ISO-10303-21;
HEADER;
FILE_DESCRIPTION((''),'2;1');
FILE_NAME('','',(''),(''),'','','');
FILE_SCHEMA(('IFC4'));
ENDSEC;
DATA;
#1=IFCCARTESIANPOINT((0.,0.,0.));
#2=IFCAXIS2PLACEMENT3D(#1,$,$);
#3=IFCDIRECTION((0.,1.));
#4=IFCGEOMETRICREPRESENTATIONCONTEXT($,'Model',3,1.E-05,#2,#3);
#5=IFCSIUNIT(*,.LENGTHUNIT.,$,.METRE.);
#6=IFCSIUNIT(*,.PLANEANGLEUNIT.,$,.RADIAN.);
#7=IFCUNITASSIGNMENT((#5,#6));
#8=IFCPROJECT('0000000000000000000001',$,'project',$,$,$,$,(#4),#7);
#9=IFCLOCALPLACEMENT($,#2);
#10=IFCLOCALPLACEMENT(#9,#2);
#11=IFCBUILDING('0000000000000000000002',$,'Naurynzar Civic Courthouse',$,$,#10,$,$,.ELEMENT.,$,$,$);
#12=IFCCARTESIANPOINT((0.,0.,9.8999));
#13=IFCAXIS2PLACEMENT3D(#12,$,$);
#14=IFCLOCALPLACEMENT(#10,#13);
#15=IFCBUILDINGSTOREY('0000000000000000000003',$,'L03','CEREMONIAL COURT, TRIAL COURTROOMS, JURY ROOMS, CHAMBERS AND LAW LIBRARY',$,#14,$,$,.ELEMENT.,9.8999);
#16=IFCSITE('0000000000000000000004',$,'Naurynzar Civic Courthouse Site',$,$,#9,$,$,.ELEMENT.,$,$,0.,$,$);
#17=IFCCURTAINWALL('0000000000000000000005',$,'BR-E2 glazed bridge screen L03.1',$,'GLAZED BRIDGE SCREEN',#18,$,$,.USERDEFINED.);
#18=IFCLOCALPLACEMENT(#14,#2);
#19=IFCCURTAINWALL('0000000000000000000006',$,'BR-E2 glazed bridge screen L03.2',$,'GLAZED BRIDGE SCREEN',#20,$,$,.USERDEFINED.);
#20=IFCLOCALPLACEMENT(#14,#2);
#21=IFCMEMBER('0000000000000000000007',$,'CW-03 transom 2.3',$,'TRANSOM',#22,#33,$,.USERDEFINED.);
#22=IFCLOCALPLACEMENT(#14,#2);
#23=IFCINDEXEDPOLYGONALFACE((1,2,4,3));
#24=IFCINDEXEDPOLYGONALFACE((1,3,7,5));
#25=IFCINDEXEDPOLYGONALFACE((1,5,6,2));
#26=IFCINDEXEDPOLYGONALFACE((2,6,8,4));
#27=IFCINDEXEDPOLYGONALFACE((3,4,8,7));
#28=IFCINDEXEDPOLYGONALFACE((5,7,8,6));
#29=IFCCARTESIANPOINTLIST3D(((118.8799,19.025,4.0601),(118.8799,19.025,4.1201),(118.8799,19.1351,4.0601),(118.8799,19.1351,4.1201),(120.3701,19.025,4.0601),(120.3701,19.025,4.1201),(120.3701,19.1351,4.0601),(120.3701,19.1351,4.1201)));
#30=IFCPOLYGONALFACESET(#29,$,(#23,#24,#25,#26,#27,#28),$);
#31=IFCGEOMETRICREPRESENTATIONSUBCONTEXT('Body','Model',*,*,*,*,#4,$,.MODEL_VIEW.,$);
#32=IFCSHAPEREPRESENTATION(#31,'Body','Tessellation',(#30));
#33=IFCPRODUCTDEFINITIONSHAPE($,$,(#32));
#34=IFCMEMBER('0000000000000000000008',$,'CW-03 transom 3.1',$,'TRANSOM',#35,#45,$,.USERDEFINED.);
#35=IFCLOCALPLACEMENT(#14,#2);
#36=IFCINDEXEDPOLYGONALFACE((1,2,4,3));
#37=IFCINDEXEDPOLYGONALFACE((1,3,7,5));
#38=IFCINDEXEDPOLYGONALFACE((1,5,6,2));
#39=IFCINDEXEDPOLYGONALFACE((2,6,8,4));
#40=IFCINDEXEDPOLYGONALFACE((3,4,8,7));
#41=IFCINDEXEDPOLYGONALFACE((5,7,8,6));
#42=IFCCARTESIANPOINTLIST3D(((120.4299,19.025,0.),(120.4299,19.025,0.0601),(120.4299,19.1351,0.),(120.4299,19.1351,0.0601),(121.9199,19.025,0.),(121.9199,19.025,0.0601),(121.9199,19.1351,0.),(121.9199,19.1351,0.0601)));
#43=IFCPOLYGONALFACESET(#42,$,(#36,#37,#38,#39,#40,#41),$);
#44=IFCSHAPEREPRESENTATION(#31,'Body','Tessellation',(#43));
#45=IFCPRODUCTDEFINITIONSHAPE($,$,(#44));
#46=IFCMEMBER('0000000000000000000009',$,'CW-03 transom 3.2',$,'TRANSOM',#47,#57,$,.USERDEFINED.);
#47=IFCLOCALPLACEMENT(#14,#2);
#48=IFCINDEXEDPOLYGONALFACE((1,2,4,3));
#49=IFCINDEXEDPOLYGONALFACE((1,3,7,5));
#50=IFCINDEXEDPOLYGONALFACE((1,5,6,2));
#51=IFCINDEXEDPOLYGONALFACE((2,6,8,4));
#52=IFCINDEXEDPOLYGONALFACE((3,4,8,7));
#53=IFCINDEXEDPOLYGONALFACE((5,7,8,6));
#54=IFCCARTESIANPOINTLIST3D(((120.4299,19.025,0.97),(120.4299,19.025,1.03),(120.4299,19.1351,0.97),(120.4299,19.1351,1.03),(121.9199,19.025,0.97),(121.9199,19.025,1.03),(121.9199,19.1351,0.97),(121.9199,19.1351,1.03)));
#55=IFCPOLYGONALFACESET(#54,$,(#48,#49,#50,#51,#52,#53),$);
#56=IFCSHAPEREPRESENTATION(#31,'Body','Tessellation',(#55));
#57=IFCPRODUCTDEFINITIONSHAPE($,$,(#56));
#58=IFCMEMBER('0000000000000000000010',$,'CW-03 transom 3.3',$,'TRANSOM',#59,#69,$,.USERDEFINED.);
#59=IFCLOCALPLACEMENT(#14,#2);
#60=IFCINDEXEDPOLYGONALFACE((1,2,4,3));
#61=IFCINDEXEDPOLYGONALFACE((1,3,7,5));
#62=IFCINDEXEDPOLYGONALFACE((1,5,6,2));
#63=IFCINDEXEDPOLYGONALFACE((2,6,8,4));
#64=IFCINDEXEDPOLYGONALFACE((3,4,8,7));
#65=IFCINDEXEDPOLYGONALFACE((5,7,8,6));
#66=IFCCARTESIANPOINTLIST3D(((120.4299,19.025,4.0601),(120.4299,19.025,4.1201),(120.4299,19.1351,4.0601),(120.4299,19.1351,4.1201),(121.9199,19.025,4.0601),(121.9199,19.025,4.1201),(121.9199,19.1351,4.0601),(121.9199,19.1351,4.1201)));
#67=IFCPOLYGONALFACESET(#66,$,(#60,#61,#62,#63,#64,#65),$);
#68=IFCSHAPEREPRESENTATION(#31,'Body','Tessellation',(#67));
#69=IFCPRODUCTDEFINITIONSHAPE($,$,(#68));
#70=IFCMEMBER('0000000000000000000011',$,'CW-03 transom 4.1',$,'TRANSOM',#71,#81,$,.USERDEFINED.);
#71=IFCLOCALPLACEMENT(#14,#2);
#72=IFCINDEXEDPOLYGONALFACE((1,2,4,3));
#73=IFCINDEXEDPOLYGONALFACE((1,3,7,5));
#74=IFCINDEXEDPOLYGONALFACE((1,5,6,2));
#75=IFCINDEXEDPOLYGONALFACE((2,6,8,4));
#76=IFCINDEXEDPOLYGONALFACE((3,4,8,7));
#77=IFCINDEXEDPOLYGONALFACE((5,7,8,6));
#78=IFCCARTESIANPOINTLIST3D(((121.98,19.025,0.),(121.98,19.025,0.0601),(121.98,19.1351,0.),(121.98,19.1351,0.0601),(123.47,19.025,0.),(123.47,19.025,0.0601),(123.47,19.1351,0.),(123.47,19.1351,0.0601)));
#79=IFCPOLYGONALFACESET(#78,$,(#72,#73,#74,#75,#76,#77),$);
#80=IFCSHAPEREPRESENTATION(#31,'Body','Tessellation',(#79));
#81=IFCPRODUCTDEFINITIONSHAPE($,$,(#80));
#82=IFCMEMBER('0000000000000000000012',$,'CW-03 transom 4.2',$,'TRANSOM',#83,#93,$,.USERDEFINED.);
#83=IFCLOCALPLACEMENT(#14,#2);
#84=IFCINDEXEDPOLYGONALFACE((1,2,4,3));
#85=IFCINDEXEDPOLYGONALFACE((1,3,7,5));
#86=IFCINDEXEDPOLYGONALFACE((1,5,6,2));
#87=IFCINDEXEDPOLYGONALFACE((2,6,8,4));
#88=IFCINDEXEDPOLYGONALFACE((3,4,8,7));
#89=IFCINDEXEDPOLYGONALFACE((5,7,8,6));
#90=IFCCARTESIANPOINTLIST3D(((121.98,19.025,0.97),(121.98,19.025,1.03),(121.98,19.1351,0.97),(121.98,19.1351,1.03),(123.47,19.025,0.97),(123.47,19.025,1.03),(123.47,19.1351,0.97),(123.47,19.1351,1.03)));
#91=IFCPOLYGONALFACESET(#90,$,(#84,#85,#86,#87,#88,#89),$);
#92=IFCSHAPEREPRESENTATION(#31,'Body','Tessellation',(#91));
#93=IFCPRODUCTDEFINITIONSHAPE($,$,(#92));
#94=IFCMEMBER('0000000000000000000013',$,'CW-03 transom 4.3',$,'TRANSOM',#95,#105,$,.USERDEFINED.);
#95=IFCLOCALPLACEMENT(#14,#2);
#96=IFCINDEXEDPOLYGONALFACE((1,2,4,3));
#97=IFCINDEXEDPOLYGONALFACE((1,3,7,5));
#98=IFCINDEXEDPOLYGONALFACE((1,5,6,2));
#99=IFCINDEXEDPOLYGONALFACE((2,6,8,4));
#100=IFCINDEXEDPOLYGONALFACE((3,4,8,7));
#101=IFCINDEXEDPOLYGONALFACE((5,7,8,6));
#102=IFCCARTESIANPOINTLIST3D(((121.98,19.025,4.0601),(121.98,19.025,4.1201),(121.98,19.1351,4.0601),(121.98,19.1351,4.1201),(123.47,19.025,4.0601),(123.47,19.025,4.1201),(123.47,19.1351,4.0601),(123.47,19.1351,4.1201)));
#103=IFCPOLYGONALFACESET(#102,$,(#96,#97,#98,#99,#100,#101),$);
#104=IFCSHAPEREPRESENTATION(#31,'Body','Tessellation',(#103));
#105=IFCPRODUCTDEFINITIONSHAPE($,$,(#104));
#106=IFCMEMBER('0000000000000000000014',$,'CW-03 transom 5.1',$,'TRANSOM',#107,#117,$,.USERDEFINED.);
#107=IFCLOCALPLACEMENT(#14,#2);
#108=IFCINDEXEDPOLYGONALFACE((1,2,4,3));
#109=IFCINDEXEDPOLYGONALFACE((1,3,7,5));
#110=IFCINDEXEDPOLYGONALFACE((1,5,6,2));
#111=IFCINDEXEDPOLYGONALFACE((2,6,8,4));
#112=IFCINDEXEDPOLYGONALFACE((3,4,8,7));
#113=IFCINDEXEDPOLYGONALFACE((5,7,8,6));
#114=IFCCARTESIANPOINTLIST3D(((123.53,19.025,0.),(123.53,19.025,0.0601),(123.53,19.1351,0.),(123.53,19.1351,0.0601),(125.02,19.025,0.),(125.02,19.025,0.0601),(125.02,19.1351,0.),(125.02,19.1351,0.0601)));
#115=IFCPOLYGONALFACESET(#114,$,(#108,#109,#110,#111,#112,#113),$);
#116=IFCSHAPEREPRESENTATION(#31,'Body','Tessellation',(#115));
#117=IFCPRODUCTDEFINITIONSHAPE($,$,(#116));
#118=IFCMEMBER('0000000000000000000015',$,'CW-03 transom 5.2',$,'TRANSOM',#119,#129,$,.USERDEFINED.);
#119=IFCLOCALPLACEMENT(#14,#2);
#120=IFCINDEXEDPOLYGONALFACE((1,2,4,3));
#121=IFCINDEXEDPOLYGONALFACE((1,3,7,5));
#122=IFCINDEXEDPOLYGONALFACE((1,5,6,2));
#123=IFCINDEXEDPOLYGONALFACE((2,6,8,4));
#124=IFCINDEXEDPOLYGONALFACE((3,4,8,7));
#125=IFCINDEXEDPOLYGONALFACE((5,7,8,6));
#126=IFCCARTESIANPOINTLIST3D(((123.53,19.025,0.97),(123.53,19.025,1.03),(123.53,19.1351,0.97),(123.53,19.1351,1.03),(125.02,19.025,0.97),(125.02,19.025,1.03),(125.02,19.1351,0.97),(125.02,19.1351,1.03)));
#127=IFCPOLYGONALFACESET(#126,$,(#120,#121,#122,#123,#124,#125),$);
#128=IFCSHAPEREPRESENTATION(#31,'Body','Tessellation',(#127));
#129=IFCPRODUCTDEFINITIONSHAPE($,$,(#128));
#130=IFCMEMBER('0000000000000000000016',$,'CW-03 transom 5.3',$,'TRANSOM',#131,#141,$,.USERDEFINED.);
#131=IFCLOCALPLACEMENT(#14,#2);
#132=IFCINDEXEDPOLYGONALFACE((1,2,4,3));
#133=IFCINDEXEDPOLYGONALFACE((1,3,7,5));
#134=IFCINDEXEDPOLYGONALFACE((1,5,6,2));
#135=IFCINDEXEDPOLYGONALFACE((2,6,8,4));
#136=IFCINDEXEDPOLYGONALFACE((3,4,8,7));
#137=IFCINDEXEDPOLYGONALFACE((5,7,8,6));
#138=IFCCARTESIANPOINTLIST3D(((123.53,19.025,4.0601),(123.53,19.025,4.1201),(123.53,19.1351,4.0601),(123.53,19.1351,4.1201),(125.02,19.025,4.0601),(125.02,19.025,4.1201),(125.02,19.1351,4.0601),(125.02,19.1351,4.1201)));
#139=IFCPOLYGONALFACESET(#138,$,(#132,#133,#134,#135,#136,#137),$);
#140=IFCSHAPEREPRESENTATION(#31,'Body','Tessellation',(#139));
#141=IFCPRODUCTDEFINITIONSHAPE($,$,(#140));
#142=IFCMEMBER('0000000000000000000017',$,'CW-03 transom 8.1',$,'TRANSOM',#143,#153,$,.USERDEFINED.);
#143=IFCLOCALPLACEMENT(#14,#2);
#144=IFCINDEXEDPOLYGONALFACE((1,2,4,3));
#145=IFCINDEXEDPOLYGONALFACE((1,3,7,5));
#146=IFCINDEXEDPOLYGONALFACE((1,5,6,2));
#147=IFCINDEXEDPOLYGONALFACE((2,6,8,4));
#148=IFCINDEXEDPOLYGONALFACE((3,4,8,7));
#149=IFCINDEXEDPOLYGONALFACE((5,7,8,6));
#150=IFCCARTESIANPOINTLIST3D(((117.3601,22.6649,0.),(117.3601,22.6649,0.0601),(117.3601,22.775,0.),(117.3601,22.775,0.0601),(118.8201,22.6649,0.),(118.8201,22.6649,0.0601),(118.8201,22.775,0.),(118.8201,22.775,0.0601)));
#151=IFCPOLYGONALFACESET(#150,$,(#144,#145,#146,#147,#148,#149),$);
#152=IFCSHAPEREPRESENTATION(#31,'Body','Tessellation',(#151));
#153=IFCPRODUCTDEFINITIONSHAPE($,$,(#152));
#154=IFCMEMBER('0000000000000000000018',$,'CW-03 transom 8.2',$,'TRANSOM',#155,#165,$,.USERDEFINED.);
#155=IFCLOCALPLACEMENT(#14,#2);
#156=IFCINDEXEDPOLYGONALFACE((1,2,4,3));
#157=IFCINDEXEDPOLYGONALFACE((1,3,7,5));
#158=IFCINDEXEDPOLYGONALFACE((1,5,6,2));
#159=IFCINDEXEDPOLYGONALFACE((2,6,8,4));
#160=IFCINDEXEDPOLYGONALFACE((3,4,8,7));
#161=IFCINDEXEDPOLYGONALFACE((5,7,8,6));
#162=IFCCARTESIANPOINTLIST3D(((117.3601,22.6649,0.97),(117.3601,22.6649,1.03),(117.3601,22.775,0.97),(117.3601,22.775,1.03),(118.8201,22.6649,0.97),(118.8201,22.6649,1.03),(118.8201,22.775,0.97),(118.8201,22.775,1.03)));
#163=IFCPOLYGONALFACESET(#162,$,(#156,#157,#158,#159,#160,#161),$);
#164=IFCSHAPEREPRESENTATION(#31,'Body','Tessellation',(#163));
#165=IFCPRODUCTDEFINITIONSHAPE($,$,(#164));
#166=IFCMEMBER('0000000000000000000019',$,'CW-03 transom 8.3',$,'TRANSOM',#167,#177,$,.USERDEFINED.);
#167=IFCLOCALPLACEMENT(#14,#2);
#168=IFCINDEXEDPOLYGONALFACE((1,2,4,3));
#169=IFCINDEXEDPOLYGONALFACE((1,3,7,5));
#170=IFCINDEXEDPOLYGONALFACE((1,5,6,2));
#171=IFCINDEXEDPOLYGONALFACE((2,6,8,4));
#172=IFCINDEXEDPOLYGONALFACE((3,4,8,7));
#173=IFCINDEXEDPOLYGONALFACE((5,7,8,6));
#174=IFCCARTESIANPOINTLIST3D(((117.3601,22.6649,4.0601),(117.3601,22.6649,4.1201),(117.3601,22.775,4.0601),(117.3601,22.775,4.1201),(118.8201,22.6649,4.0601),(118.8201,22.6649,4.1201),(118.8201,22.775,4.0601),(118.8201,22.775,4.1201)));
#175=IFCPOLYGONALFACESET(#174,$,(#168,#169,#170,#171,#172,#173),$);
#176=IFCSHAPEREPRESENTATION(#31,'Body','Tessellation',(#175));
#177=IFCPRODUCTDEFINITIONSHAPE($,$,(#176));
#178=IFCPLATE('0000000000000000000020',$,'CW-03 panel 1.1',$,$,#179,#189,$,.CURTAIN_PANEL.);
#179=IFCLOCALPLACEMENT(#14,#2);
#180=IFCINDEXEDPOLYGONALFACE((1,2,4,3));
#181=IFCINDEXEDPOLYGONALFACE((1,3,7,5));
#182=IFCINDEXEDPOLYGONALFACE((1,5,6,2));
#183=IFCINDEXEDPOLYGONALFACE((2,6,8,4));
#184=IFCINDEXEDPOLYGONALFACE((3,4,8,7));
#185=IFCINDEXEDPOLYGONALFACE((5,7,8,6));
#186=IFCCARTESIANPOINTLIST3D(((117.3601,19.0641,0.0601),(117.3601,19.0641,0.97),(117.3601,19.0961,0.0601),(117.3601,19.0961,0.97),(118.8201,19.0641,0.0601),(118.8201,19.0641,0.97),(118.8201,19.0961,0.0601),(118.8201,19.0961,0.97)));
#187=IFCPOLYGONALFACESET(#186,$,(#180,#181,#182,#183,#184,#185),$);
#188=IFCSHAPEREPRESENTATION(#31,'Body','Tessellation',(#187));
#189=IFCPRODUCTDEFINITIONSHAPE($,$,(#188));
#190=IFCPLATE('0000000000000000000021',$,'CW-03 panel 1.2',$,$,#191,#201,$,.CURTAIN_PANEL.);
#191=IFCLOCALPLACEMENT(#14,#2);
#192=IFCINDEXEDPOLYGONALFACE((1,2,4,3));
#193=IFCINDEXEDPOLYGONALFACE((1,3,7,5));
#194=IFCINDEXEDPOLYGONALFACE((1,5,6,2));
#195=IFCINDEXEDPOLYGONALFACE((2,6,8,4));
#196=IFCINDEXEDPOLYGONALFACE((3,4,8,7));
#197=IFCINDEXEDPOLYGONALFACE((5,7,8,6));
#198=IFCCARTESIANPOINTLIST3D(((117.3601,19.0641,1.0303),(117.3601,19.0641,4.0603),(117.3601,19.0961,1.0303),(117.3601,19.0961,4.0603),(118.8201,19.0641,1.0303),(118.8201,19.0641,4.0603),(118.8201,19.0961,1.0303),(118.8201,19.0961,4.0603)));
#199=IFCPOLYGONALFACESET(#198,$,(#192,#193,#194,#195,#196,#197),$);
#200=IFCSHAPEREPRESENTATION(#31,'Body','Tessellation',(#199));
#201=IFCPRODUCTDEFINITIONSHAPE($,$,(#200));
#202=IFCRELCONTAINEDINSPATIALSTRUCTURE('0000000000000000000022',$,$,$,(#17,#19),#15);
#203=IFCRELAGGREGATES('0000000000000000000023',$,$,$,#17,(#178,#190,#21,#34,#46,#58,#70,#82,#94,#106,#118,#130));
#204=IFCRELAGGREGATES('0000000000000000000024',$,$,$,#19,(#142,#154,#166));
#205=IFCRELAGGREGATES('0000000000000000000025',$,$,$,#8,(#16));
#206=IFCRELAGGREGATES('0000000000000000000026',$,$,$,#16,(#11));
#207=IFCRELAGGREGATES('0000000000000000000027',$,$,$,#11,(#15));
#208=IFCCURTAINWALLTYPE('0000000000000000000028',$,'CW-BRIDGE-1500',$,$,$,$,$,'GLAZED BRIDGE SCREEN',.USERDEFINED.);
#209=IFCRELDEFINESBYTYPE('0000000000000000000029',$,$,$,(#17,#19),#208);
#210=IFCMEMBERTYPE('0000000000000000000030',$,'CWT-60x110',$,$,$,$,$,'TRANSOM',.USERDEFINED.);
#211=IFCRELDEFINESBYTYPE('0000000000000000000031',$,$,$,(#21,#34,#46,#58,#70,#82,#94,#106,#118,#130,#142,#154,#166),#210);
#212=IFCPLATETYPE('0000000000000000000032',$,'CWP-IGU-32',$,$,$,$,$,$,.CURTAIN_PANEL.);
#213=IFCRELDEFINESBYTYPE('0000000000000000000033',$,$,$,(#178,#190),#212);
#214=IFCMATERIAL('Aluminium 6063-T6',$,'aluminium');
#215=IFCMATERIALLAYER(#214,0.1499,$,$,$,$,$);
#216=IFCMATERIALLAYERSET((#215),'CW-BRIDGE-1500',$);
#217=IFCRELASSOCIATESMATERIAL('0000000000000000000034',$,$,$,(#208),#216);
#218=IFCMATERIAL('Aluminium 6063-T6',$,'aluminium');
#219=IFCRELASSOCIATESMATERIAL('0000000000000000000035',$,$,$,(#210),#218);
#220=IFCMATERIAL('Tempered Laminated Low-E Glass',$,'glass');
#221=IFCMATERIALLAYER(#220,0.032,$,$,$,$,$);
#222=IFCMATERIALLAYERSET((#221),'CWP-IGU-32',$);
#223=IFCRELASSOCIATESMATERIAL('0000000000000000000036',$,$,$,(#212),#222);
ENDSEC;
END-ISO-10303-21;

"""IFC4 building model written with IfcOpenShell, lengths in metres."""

from ifc_helpers import new_model, si_unit, direction, frame, origin, origin_2d, place, context, subcontext, project, spatial, rectangle, extrude, material, layer, layer_set, material_profile, profile_set, type_object, element, aggregate, save


model = new_model("IFC4")

# Units and contexts
model_context = context("Model", 3, precision=1e-05, world=origin(), true_north=direction((0.0, 1.0)))
body_context = subcontext(model_context, "Body", "Model", "MODEL_VIEW")
ifc_project = project(units=[si_unit("LENGTHUNIT", "METRE"), si_unit("PLANEANGLEUNIT", "RADIAN")], contexts=[model_context])

# Site, building, storey
site_placement = place(None, origin())
site = spatial("IfcSite", under=ifc_project, at=site_placement, Name="Naurynzar Civic Courthouse Site", CompositionType="ELEMENT", RefElevation=0.0)
building_placement = place(site_placement, origin())
building = spatial("IfcBuilding", under=site, at=building_placement, Name="Naurynzar Civic Courthouse", CompositionType="ELEMENT")
storey_placement = place(building_placement, frame((0.0, 0.0, 9.8999)))
storey = spatial("IfcBuildingStorey", under=building, at=storey_placement, Name="L03", Description="CEREMONIAL COURT, TRIAL COURTROOMS, JURY ROOMS, CHAMBERS AND LAW LIBRARY", CompositionType="ELEMENT", Elevation=9.8999)

# Curtain walls
ifc_material_1 = material(Name="Aluminium 6063-T6", Category="aluminium")
ifc_layer_1 = layer(ifc_material_1, 0.1499)
ifc_layer_set_1 = layer_set([ifc_layer_1], Name="CW-BRIDGE-1500")
curtain_wall_type = type_object("IfcCurtainWallType", Name="CW-BRIDGE-1500", ElementType="GLAZED BRIDGE SCREEN", PredefinedType="USERDEFINED", material=ifc_layer_set_1)
curtain_wall_1_placement = place(storey_placement, origin())
curtain_wall_1 = element("IfcCurtainWall", 1, at=curtain_wall_1_placement, inside=storey, type_object=curtain_wall_type, Name="BR-E2 glazed bridge screen L03.1", ObjectType="GLAZED BRIDGE SCREEN", PredefinedType="USERDEFINED")
curtain_wall_2_placement = place(storey_placement, origin())
curtain_wall_2 = element("IfcCurtainWall", 2, at=curtain_wall_2_placement, inside=storey, type_object=curtain_wall_type, Name="BR-E2 glazed bridge screen L03.2", ObjectType="GLAZED BRIDGE SCREEN", PredefinedType="USERDEFINED")

# Members
ifc_material_2 = material(Name="Aluminium 6063-T6", Category="aluminium")
ifc_material_profile_1 = material_profile(ifc_material_2, rectangle(XDim=0.1101, YDim=0.0601, at=origin_2d()), Name="ALU TRANSOM 60x110")
ifc_profile_set_1 = profile_set([ifc_material_profile_1], Name="Aluminium 6063-T6")
member_type_1 = type_object("IfcMemberType", Name="CWT-60x110", ElementType="TRANSOM", PredefinedType="USERDEFINED", material=ifc_profile_set_1)
member_1_placement = place(storey_placement, frame((118.8799, 19.0801, 4.0901), z_axis=(1.0, 0.0, 0.0), x_axis=(0.0, 1.0, 0.0)))
member_1 = element("IfcMember", 3, at=member_1_placement, type_object=member_type_1, Name="CW-03 transom 2.3", ObjectType="TRANSOM", PredefinedType="USERDEFINED", context=body_context, shape_type="SweptSolid", body=[
    extrude(rectangle(XDim=0.1101, YDim=0.0601, at=origin_2d()), origin(), (0.0, 0.0, 1.0), 1.4902),
])
member_2_placement = place(storey_placement, frame((120.4299, 19.0801, 0.03), z_axis=(1.0, 0.0, 0.0), x_axis=(0.0, 1.0, 0.0)))
member_2 = element("IfcMember", 4, at=member_2_placement, type_object=member_type_1, Name="CW-03 transom 3.1", ObjectType="TRANSOM", PredefinedType="USERDEFINED", context=body_context, shape_type="SweptSolid", body=[
    extrude(rectangle(XDim=0.1101, YDim=0.0601, at=origin_2d()), origin(), (0.0, 0.0, 1.0), 1.49),
])
member_3_placement = place(storey_placement, frame((120.4299, 19.0801, 1.0), z_axis=(1.0, 0.0, 0.0), x_axis=(0.0, 1.0, 0.0)))
member_3 = element("IfcMember", 5, at=member_3_placement, type_object=member_type_1, Name="CW-03 transom 3.2", ObjectType="TRANSOM", PredefinedType="USERDEFINED", context=body_context, shape_type="SweptSolid", body=[
    extrude(rectangle(XDim=0.1101, YDim=0.0601, at=origin_2d()), origin(), (0.0, 0.0, 1.0), 1.49),
])
member_4_placement = place(storey_placement, frame((120.4299, 19.0801, 4.0901), z_axis=(1.0, 0.0, 0.0), x_axis=(0.0, 1.0, 0.0)))
member_4 = element("IfcMember", 6, at=member_4_placement, type_object=member_type_1, Name="CW-03 transom 3.3", ObjectType="TRANSOM", PredefinedType="USERDEFINED", context=body_context, shape_type="SweptSolid", body=[
    extrude(rectangle(XDim=0.1101, YDim=0.0601, at=origin_2d()), origin(), (0.0, 0.0, 1.0), 1.49),
])
member_5_placement = place(storey_placement, frame((121.98, 19.0801, 0.03), z_axis=(1.0, 0.0, 0.0), x_axis=(0.0, 1.0, 0.0)))
member_5 = element("IfcMember", 7, at=member_5_placement, type_object=member_type_1, Name="CW-03 transom 4.1", ObjectType="TRANSOM", PredefinedType="USERDEFINED", context=body_context, shape_type="SweptSolid", body=[
    extrude(rectangle(XDim=0.1101, YDim=0.0601, at=origin_2d()), origin(), (0.0, 0.0, 1.0), 1.49),
])
member_6_placement = place(storey_placement, frame((121.98, 19.0801, 1.0), z_axis=(1.0, 0.0, 0.0), x_axis=(0.0, 1.0, 0.0)))
member_6 = element("IfcMember", 8, at=member_6_placement, type_object=member_type_1, Name="CW-03 transom 4.2", ObjectType="TRANSOM", PredefinedType="USERDEFINED", context=body_context, shape_type="SweptSolid", body=[
    extrude(rectangle(XDim=0.1101, YDim=0.0601, at=origin_2d()), origin(), (0.0, 0.0, 1.0), 1.49),
])
member_7_placement = place(storey_placement, frame((121.98, 19.0801, 4.0901), z_axis=(1.0, 0.0, 0.0), x_axis=(0.0, 1.0, 0.0)))
member_7 = element("IfcMember", 9, at=member_7_placement, type_object=member_type_1, Name="CW-03 transom 4.3", ObjectType="TRANSOM", PredefinedType="USERDEFINED", context=body_context, shape_type="SweptSolid", body=[
    extrude(rectangle(XDim=0.1101, YDim=0.0601, at=origin_2d()), origin(), (0.0, 0.0, 1.0), 1.49),
])
member_8_placement = place(storey_placement, frame((123.53, 19.0801, 0.03), z_axis=(1.0, 0.0, 0.0), x_axis=(0.0, 1.0, 0.0)))
member_8 = element("IfcMember", 10, at=member_8_placement, type_object=member_type_1, Name="CW-03 transom 5.1", ObjectType="TRANSOM", PredefinedType="USERDEFINED", context=body_context, shape_type="SweptSolid", body=[
    extrude(rectangle(XDim=0.1101, YDim=0.0601, at=origin_2d()), origin(), (0.0, 0.0, 1.0), 1.49),
])
member_9_placement = place(storey_placement, frame((123.53, 19.0801, 1.0), z_axis=(1.0, 0.0, 0.0), x_axis=(0.0, 1.0, 0.0)))
member_9 = element("IfcMember", 11, at=member_9_placement, type_object=member_type_1, Name="CW-03 transom 5.2", ObjectType="TRANSOM", PredefinedType="USERDEFINED", context=body_context, shape_type="SweptSolid", body=[
    extrude(rectangle(XDim=0.1101, YDim=0.0601, at=origin_2d()), origin(), (0.0, 0.0, 1.0), 1.49),
])
member_10_placement = place(storey_placement, frame((123.53, 19.0801, 4.0901), z_axis=(1.0, 0.0, 0.0), x_axis=(0.0, 1.0, 0.0)))
member_10 = element("IfcMember", 12, at=member_10_placement, type_object=member_type_1, Name="CW-03 transom 5.3", ObjectType="TRANSOM", PredefinedType="USERDEFINED", context=body_context, shape_type="SweptSolid", body=[
    extrude(rectangle(XDim=0.1101, YDim=0.0601, at=origin_2d()), origin(), (0.0, 0.0, 1.0), 1.49),
])
member_11_placement = place(storey_placement, frame((118.8201, 22.72, 0.03), z_axis=(-1.0, 0.0, 0.0), x_axis=(0.0, -1.0, 0.0)))
member_11 = element("IfcMember", 13, at=member_11_placement, type_object=member_type_1, Name="CW-03 transom 8.1", ObjectType="TRANSOM", PredefinedType="USERDEFINED", context=body_context, shape_type="SweptSolid", body=[
    extrude(rectangle(XDim=0.1101, YDim=0.0601, at=origin_2d()), origin(), (0.0, 0.0, 1.0), 1.46),
])
member_12_placement = place(storey_placement, frame((118.8201, 22.72, 1.0), z_axis=(-1.0, 0.0, 0.0), x_axis=(0.0, -1.0, 0.0)))
member_12 = element("IfcMember", 14, at=member_12_placement, type_object=member_type_1, Name="CW-03 transom 8.2", ObjectType="TRANSOM", PredefinedType="USERDEFINED", context=body_context, shape_type="SweptSolid", body=[
    extrude(rectangle(XDim=0.1101, YDim=0.0601, at=origin_2d()), origin(), (0.0, 0.0, 1.0), 1.46),
])
member_13_placement = place(storey_placement, frame((118.8201, 22.72, 4.0901), z_axis=(-1.0, 0.0, 0.0), x_axis=(0.0, -1.0, 0.0)))
member_13 = element("IfcMember", 15, at=member_13_placement, type_object=member_type_1, Name="CW-03 transom 8.3", ObjectType="TRANSOM", PredefinedType="USERDEFINED", context=body_context, shape_type="SweptSolid", body=[
    extrude(rectangle(XDim=0.1101, YDim=0.0601, at=origin_2d()), origin(), (0.0, 0.0, 1.0), 1.46),
])

# Plates
ifc_material_3 = material(Name="Tempered Laminated Low-E Glass", Category="glass")
ifc_layer_2 = layer(ifc_material_3, 0.032)
ifc_layer_set_2 = layer_set([ifc_layer_2], Name="CWP-IGU-32")
plate_type = type_object("IfcPlateType", Name="CWP-IGU-32", PredefinedType="CURTAIN_PANEL", material=ifc_layer_set_2)
plate_1_placement = place(storey_placement, frame((118.0901, 19.0801, 0.0601), z_axis=(0.0, 0.0, 1.0), x_axis=(1.0, 0.0, 0.0)))
plate_1 = element("IfcPlate", 16, at=plate_1_placement, type_object=plate_type, Name="CW-03 panel 1.1", PredefinedType="CURTAIN_PANEL", context=body_context, shape_type="SweptSolid", body=[
    extrude(rectangle(XDim=1.46, YDim=0.032, at=origin_2d()), origin(), (0.0, 0.0, 1.0), 0.9099),
])
plate_2_placement = place(storey_placement, frame((118.0901, 19.0801, 1.0303), z_axis=(0.0, 0.0, 1.0), x_axis=(1.0, 0.0, 0.0)))
plate_2 = element("IfcPlate", 17, at=plate_2_placement, type_object=plate_type, Name="CW-03 panel 1.2", PredefinedType="CURTAIN_PANEL", context=body_context, shape_type="SweptSolid", body=[
    extrude(rectangle(XDim=1.46, YDim=0.032, at=origin_2d()), origin(), (0.0, 0.0, 1.0), 3.03),
])
aggregate(curtain_wall_1, [plate_1, plate_2, member_1, member_2, member_3, member_4, member_5, member_6, member_7, member_8, member_9, member_10])
aggregate(curtain_wall_2, [member_11, member_12, member_13])

save(model, "model.ifc")
